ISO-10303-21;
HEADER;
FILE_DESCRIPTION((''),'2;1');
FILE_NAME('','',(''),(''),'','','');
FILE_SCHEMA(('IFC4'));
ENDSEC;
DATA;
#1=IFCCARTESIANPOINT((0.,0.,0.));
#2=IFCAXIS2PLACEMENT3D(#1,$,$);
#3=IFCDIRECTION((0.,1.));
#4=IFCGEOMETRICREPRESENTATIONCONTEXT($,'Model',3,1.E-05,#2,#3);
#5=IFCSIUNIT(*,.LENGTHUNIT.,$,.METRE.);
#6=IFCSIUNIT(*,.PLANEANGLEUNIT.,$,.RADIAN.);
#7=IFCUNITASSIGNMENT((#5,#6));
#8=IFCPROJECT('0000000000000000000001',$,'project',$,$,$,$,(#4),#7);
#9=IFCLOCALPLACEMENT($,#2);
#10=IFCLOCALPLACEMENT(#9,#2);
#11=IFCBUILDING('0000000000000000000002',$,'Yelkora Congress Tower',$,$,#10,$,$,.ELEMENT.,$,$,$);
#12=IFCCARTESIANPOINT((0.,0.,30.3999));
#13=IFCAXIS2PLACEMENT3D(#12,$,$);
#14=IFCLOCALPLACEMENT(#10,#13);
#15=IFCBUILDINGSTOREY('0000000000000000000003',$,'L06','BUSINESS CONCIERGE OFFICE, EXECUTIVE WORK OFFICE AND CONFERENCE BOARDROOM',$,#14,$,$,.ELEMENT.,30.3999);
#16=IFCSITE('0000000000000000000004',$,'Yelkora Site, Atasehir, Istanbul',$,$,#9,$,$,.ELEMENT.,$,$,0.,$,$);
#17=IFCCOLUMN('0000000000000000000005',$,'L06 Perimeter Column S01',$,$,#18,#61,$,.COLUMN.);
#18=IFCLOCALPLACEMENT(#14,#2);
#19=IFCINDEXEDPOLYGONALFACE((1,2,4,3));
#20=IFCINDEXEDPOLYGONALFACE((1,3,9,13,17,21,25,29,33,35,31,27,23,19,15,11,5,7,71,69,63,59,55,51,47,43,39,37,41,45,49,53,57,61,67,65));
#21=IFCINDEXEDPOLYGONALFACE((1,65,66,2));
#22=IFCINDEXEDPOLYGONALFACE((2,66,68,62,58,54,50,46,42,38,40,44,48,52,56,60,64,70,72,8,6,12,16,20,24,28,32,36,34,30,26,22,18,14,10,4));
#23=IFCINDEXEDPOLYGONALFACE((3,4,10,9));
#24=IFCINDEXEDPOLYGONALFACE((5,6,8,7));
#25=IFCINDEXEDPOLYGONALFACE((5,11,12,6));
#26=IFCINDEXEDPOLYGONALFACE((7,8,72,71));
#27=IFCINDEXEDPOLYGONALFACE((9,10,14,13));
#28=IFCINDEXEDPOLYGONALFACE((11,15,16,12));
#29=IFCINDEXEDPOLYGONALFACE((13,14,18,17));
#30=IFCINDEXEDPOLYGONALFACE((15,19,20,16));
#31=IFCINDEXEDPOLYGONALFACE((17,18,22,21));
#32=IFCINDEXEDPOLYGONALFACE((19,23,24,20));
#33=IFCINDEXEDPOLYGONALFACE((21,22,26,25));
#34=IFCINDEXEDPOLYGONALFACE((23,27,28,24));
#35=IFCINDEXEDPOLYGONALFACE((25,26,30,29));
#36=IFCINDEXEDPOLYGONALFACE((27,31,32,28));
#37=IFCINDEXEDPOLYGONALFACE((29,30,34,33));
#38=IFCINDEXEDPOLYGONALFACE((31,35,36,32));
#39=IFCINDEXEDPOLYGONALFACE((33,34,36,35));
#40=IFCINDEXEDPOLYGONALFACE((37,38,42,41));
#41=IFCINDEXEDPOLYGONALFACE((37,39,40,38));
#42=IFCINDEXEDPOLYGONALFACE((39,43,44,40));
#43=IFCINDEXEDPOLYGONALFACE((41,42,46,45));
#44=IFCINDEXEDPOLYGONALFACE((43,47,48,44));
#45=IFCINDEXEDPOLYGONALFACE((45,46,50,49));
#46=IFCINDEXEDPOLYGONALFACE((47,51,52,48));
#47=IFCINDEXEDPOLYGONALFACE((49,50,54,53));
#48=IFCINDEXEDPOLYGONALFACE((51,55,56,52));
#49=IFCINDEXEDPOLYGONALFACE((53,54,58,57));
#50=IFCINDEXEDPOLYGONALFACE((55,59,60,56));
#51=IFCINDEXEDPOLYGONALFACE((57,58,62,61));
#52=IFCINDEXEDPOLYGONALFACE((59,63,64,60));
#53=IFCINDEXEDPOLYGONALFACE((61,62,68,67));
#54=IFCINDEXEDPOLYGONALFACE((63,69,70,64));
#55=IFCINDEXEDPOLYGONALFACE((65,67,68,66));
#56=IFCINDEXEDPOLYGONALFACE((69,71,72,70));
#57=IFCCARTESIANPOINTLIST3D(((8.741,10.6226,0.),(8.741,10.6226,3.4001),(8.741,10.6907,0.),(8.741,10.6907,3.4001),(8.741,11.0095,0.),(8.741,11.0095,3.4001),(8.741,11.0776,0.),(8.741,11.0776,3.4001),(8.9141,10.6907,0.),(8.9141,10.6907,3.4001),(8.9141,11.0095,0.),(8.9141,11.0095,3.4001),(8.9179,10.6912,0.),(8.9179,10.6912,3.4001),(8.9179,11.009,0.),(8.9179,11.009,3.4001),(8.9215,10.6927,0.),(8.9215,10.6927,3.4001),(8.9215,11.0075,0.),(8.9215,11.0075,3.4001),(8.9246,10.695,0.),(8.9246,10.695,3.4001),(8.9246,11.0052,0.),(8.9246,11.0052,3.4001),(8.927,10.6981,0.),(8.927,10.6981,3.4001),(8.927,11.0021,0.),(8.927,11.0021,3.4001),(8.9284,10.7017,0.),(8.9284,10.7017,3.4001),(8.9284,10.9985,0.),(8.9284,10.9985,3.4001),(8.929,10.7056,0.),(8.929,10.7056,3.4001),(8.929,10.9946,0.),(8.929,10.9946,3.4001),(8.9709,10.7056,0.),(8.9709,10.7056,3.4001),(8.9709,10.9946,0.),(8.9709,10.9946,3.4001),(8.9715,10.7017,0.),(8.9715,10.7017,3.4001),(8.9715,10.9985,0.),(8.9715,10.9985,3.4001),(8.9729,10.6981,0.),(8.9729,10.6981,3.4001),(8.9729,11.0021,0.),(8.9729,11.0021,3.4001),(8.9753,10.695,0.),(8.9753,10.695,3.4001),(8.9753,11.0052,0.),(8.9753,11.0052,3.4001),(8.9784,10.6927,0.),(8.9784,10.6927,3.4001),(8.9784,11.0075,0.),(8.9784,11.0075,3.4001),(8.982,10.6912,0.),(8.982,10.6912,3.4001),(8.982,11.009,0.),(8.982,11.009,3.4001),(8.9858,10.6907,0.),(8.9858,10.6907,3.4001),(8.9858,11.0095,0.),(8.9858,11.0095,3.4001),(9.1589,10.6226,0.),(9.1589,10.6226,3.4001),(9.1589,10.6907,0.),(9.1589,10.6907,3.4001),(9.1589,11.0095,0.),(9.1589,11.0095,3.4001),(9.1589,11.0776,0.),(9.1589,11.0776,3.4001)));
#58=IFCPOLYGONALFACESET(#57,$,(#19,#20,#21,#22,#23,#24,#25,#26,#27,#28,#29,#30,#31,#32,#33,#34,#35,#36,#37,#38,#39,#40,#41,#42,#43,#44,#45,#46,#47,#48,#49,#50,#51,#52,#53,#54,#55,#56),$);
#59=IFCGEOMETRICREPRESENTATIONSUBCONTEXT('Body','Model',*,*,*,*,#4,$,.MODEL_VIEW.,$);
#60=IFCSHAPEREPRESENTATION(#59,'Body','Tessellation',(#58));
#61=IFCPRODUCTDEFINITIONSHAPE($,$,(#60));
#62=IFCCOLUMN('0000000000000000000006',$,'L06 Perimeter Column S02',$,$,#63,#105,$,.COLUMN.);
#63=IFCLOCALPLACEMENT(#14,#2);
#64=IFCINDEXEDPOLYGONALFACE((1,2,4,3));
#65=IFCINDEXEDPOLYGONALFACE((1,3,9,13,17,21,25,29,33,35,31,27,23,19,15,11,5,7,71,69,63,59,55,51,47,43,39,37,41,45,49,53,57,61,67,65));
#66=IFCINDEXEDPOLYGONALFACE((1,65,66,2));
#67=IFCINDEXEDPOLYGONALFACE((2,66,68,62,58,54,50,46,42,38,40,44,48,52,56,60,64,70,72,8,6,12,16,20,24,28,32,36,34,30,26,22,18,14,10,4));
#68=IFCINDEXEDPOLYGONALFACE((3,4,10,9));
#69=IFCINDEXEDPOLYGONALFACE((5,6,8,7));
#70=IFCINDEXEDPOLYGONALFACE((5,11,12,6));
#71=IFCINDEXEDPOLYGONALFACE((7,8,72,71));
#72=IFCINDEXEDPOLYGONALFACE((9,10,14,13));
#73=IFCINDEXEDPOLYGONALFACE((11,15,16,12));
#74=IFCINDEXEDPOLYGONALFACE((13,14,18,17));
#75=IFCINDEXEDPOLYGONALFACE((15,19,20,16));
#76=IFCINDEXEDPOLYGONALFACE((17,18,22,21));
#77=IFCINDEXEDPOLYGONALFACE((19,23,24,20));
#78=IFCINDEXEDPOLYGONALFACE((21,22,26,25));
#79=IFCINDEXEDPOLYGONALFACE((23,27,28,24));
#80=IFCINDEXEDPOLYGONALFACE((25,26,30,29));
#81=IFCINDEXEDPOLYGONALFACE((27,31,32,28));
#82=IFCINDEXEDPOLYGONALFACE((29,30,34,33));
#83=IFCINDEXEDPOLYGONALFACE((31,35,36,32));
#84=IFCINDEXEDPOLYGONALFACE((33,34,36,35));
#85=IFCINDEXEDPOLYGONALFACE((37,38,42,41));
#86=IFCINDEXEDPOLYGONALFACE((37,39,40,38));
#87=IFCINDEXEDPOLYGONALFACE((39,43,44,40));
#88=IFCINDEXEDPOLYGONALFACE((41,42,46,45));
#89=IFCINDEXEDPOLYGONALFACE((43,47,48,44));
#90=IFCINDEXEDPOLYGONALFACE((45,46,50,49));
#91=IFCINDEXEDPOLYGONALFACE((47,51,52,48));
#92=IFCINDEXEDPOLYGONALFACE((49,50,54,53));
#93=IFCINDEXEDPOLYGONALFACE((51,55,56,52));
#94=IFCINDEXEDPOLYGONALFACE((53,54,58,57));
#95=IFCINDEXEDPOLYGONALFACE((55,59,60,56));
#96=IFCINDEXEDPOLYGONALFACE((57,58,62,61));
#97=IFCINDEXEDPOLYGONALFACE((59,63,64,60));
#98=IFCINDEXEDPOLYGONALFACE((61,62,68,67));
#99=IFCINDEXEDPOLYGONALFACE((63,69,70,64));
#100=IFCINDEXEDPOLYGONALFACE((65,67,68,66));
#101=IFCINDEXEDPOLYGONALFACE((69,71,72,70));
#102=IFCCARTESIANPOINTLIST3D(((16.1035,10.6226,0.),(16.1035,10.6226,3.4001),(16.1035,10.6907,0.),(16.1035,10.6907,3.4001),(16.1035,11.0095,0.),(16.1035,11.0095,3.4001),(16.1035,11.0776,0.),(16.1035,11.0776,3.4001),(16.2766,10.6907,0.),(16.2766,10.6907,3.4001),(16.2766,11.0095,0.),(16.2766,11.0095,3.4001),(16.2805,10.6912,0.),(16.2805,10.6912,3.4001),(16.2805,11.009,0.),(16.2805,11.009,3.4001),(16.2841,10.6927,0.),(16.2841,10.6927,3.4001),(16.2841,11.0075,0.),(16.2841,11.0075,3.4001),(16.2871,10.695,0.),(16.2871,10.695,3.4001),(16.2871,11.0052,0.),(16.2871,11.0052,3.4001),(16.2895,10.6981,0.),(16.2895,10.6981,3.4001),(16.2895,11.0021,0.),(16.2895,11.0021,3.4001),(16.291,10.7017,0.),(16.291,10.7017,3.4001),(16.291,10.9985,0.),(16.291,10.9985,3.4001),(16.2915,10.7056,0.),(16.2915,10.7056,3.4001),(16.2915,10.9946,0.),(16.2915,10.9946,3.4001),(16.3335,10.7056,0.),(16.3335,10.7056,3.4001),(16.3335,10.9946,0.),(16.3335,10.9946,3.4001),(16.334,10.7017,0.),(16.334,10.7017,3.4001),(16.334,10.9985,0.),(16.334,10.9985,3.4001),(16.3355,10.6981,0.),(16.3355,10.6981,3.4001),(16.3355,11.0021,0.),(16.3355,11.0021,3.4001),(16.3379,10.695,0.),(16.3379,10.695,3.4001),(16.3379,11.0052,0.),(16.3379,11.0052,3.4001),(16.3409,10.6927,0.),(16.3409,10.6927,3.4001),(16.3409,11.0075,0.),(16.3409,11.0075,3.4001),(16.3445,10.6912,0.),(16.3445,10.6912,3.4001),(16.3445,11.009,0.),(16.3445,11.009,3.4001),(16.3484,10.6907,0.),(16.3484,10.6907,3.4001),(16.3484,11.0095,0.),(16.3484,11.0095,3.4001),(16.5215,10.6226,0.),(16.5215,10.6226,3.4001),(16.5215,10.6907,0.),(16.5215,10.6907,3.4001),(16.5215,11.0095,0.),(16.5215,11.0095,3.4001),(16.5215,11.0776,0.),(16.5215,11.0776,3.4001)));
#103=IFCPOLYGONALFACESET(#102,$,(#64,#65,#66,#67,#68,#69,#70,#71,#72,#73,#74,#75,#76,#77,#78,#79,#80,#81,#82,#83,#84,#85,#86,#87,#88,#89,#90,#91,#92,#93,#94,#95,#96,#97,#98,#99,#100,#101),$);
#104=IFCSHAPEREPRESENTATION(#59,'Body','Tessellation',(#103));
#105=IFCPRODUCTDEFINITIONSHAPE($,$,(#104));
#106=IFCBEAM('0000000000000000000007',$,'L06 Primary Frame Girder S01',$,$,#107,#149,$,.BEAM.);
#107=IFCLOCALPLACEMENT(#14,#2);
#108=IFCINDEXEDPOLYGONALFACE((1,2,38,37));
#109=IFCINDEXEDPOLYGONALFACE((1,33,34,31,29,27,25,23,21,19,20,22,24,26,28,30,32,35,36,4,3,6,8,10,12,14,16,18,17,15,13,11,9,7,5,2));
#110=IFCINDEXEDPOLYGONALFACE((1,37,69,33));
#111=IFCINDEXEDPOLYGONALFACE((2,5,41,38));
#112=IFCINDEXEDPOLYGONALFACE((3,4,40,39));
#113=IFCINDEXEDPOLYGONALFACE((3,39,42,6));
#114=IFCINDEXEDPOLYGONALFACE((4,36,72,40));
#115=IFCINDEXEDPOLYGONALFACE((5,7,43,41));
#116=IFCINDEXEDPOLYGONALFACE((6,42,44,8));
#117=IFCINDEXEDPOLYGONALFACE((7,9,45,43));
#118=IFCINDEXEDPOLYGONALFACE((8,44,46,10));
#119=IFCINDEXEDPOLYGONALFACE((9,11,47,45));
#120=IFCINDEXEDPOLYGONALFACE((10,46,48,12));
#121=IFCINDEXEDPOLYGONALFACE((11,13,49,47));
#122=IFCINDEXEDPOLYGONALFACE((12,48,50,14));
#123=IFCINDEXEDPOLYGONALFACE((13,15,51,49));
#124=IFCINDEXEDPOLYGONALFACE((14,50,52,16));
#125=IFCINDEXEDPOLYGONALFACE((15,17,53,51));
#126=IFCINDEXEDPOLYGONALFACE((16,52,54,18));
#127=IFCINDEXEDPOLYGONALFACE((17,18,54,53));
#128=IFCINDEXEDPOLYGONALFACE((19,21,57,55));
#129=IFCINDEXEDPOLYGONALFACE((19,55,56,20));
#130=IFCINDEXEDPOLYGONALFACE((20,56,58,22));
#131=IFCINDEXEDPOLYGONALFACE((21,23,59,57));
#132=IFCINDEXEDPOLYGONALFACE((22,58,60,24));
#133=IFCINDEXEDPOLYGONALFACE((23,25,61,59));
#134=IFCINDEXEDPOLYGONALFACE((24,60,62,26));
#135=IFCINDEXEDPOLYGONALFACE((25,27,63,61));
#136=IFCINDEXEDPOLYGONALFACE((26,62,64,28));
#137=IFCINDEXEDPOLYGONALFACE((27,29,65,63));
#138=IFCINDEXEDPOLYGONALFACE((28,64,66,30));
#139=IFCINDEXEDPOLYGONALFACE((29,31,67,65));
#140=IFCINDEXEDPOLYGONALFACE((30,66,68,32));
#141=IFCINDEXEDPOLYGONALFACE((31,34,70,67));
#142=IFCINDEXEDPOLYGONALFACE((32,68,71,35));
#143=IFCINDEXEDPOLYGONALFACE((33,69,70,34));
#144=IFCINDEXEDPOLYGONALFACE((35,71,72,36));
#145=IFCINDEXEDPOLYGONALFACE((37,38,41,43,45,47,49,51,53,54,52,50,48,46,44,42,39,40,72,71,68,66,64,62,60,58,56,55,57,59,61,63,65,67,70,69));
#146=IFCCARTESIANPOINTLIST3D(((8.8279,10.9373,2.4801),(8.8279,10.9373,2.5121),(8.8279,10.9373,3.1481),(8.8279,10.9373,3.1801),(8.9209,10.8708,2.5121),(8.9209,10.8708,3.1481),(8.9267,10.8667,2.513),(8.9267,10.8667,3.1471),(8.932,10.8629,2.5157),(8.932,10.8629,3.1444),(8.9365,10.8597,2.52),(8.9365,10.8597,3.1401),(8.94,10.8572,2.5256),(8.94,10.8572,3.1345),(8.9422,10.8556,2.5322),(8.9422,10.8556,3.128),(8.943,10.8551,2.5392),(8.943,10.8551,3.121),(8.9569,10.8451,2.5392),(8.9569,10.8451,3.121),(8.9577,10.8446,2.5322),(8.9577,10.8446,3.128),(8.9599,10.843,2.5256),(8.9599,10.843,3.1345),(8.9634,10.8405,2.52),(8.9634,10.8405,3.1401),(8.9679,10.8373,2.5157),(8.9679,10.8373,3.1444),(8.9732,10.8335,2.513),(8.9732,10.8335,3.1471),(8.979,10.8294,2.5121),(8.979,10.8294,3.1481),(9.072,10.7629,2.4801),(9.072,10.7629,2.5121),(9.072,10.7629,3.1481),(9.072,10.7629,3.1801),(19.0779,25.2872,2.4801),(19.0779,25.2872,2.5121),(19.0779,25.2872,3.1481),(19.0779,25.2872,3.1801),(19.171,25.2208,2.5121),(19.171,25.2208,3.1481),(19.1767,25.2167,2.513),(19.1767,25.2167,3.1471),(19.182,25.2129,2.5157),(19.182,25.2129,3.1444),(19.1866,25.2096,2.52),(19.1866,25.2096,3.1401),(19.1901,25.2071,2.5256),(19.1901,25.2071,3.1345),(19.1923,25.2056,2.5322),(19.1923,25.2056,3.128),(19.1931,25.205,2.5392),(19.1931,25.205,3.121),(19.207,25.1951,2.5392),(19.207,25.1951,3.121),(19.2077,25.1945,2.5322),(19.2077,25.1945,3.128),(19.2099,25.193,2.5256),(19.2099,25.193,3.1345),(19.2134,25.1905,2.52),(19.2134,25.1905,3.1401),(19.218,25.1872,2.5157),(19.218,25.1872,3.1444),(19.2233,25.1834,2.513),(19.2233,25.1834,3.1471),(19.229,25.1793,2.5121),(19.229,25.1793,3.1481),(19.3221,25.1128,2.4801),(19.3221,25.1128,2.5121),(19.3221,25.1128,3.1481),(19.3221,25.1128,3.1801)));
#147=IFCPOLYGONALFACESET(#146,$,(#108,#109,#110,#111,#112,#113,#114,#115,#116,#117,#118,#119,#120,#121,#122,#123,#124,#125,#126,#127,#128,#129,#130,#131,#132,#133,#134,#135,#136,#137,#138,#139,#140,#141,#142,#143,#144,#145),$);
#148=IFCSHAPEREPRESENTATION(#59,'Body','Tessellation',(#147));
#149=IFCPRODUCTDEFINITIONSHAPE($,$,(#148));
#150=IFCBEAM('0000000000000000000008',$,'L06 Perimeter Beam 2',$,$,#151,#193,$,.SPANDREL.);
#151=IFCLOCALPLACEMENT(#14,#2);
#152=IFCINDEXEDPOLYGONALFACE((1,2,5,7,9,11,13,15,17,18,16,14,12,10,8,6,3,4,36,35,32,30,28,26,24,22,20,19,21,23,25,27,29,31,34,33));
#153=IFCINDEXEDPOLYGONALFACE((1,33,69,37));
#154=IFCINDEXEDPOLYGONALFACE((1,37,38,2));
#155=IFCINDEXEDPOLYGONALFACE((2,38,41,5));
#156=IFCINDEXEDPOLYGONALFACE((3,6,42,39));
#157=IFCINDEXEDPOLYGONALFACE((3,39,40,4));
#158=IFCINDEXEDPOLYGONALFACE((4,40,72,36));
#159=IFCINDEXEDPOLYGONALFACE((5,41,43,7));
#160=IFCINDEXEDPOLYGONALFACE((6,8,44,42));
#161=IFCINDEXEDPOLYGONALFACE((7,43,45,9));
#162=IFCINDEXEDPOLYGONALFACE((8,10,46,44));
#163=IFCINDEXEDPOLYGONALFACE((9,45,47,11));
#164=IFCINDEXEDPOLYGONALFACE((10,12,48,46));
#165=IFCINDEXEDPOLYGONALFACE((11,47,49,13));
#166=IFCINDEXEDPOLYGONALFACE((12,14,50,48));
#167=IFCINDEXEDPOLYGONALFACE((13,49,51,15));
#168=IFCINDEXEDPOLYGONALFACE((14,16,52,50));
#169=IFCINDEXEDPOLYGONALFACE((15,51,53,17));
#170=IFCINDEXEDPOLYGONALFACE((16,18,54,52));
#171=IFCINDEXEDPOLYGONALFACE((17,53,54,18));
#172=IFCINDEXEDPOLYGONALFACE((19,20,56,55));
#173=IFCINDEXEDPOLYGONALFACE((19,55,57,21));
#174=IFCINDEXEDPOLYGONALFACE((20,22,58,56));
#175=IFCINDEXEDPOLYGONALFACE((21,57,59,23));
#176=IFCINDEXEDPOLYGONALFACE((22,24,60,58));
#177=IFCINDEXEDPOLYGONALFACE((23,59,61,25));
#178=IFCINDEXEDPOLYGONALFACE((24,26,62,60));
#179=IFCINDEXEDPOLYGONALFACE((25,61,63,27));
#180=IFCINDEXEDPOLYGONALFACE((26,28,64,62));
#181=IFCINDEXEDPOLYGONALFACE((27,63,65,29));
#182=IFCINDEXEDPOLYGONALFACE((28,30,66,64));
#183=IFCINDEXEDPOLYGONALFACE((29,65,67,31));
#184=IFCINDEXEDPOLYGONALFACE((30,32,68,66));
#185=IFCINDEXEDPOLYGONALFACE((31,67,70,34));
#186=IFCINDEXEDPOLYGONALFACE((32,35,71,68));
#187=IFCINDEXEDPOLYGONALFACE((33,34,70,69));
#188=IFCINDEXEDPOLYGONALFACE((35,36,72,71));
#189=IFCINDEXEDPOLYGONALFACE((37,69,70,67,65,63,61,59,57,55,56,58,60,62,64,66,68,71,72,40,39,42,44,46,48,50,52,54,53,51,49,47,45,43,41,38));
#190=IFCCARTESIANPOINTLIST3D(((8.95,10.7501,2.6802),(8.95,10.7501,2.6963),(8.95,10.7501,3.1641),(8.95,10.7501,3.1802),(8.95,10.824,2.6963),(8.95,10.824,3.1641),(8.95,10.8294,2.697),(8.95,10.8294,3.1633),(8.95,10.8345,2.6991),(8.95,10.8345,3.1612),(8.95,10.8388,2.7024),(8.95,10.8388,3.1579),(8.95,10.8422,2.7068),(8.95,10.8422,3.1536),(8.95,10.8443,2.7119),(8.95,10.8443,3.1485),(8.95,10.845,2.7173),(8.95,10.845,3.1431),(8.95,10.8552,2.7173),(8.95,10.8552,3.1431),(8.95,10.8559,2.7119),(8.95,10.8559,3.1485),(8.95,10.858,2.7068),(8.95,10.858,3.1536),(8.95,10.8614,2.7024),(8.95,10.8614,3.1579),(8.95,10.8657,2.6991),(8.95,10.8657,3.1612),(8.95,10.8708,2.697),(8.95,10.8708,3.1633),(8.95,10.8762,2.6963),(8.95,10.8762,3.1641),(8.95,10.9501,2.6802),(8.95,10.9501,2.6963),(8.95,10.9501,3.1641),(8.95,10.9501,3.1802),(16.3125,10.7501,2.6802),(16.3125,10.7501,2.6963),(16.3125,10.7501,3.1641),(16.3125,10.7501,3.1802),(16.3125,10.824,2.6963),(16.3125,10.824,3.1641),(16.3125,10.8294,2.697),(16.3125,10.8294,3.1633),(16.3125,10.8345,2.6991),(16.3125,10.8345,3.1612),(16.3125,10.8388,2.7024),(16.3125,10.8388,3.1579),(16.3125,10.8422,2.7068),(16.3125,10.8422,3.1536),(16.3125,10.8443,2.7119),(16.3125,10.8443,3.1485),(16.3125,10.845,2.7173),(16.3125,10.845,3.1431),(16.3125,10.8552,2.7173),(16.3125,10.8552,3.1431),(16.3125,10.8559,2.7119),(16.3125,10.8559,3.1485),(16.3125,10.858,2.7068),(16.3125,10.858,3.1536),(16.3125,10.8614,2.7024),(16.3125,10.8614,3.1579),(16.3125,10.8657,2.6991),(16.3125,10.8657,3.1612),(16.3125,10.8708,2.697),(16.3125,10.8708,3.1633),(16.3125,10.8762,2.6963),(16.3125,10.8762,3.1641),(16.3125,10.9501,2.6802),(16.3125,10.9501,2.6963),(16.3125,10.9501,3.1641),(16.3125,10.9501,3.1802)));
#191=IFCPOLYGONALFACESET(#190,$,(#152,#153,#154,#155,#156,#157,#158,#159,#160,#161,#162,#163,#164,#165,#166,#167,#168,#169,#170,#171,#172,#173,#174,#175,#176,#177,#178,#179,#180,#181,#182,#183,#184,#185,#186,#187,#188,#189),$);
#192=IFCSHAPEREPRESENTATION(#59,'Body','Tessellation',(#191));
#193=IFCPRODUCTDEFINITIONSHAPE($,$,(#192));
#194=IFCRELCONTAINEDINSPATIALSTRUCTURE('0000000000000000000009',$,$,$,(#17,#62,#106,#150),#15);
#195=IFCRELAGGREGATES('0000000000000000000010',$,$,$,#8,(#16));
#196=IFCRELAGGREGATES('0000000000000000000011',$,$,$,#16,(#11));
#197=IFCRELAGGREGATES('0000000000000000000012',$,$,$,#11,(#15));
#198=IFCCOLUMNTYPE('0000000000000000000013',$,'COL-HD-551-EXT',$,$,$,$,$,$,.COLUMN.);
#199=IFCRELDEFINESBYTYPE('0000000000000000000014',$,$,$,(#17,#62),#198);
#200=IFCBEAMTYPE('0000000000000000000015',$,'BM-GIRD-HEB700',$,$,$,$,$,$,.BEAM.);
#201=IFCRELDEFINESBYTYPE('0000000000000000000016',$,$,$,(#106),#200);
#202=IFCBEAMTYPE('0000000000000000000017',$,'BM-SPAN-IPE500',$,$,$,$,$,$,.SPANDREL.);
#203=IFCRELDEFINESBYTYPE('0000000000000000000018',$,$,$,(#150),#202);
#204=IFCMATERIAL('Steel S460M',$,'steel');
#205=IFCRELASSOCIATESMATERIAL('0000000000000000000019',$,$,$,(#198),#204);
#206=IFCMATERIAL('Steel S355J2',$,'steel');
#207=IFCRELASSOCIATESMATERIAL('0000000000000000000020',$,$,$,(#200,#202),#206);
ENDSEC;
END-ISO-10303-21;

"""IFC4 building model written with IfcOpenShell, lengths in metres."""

from ifc_helpers import new_model, si_unit, direction, frame, origin, origin_2d, place, context, subcontext, project, spatial, i_section, extrude, material, material_profile, profile_set, type_object, element, save


model = new_model("IFC4")

# Units and contexts
model_context = context("Model", 3, precision=1e-05, world=origin(), true_north=direction((0.0, 1.0)))
body_context = subcontext(model_context, "Body", "Model", "MODEL_VIEW")
ifc_project = project(units=[si_unit("LENGTHUNIT", "METRE"), si_unit("PLANEANGLEUNIT", "RADIAN")], contexts=[model_context])

# Site, building, storey
site_placement = place(None, origin())
site = spatial("IfcSite", under=ifc_project, at=site_placement, Name="Yelkora Site, Atasehir, Istanbul", CompositionType="ELEMENT", RefElevation=0.0)
building_placement = place(site_placement, origin())
building = spatial("IfcBuilding", under=site, at=building_placement, Name="Yelkora Congress Tower", CompositionType="ELEMENT")
storey_placement = place(building_placement, frame((0.0, 0.0, 30.3999)))
storey = spatial("IfcBuildingStorey", under=building, at=storey_placement, Name="L06", Description="BUSINESS CONCIERGE OFFICE, EXECUTIVE WORK OFFICE AND CONFERENCE BOARDROOM", CompositionType="ELEMENT", Elevation=30.3999)

# Columns
ifc_material_1 = material(Name="Steel S460M", Category="steel")
ifc_material_profile_1 = material_profile(ifc_material_1, i_section(OverallWidth=0.418, OverallDepth=0.4551, WebThickness=0.042, FlangeThickness=0.0681, FilletRadius=0.0149, at=origin_2d()), Name="HD 400x551")
ifc_profile_set_1 = profile_set([ifc_material_profile_1], Name="Steel S460M")
column_type = type_object("IfcColumnType", Name="COL-HD-551-EXT", PredefinedType="COLUMN", material=ifc_profile_set_1)
for number, where, z_axis, x_axis, name in (
    (1, (8.95, 10.8501, 0.0), (0.0, 0.0, 1.0), (1.0, 0.0, 0.0), "L06 Perimeter Column S01"),
    (2, (16.3125, 10.8501, 0.0), (0.0, 0.0, 1.0), (1.0, 0.0, 0.0), "L06 Perimeter Column S02"),
):
    element("IfcColumn", number, at=place(storey_placement, frame(where, z_axis=z_axis, x_axis=x_axis)), inside=storey, type_object=column_type, Name=name, PredefinedType="COLUMN", context=body_context, shape_type="SweptSolid", body=[
        extrude(i_section(OverallWidth=0.418, OverallDepth=0.4551, WebThickness=0.042, FlangeThickness=0.0681, FilletRadius=0.0149, at=origin_2d()), origin(), (0.0, 0.0, 1.0), 3.4001),
    ])

# Beams
ifc_material_2 = material(Name="Steel S355J2", Category="steel")
ifc_material_profile_2 = material_profile(ifc_material_2, i_section(OverallWidth=0.3, OverallDepth=0.7, WebThickness=0.0171, FlangeThickness=0.032, FilletRadius=0.0271, at=origin_2d()), Name="HEB 700")
ifc_profile_set_2 = profile_set([ifc_material_profile_2], Name="Steel S355J2")
beam_type_1 = type_object("IfcBeamType", Name="BM-GIRD-HEB700", PredefinedType="BEAM", material=ifc_profile_set_2)
beam_placement = place(storey_placement, frame((8.95, 10.8501, 2.8301), z_axis=(0.581242, 0.813731, 0.0), x_axis=(-0.813731, 0.581242, 0.0)))
element("IfcBeam", 3, at=beam_placement, inside=storey, type_object=beam_type_1, Name="L06 Primary Frame Girder S01", PredefinedType="BEAM", context=body_context, shape_type="SweptSolid", body=[
    extrude(i_section(OverallWidth=0.3, OverallDepth=0.7, WebThickness=0.0171, FlangeThickness=0.032, FilletRadius=0.0271, at=origin_2d()), origin(), (0.0, 0.0, 1.0), 17.6348),
])
ifc_material_profile_3 = material_profile(ifc_material_2, i_section(OverallWidth=0.2, OverallDepth=0.5, WebThickness=0.0103, FlangeThickness=0.0161, FilletRadius=0.021, at=origin_2d()), Name="IPE 500")
ifc_profile_set_3 = profile_set([ifc_material_profile_3], Name="Steel S355J2")
beam_type_2 = type_object("IfcBeamType", Name="BM-SPAN-IPE500", PredefinedType="SPANDREL", material=ifc_profile_set_3)
for number, where, z_axis, x_axis, name in (
    (4, (8.95, 10.8501, 2.9302), (1.0, 0.0, 0.0), (0.0, 1.0, 0.0), "L06 Perimeter Beam 2"),
):
    element("IfcBeam", number, at=place(storey_placement, frame(where, z_axis=z_axis, x_axis=x_axis)), inside=storey, type_object=beam_type_2, Name=name, PredefinedType="SPANDREL", context=body_context, shape_type="SweptSolid", body=[
        extrude(i_section(OverallWidth=0.2, OverallDepth=0.5, WebThickness=0.0103, FlangeThickness=0.0161, FilletRadius=0.021, at=origin_2d()), origin(), (0.0, 0.0, 1.0), 7.3625),
    ])

save(model, "model.ifc")
